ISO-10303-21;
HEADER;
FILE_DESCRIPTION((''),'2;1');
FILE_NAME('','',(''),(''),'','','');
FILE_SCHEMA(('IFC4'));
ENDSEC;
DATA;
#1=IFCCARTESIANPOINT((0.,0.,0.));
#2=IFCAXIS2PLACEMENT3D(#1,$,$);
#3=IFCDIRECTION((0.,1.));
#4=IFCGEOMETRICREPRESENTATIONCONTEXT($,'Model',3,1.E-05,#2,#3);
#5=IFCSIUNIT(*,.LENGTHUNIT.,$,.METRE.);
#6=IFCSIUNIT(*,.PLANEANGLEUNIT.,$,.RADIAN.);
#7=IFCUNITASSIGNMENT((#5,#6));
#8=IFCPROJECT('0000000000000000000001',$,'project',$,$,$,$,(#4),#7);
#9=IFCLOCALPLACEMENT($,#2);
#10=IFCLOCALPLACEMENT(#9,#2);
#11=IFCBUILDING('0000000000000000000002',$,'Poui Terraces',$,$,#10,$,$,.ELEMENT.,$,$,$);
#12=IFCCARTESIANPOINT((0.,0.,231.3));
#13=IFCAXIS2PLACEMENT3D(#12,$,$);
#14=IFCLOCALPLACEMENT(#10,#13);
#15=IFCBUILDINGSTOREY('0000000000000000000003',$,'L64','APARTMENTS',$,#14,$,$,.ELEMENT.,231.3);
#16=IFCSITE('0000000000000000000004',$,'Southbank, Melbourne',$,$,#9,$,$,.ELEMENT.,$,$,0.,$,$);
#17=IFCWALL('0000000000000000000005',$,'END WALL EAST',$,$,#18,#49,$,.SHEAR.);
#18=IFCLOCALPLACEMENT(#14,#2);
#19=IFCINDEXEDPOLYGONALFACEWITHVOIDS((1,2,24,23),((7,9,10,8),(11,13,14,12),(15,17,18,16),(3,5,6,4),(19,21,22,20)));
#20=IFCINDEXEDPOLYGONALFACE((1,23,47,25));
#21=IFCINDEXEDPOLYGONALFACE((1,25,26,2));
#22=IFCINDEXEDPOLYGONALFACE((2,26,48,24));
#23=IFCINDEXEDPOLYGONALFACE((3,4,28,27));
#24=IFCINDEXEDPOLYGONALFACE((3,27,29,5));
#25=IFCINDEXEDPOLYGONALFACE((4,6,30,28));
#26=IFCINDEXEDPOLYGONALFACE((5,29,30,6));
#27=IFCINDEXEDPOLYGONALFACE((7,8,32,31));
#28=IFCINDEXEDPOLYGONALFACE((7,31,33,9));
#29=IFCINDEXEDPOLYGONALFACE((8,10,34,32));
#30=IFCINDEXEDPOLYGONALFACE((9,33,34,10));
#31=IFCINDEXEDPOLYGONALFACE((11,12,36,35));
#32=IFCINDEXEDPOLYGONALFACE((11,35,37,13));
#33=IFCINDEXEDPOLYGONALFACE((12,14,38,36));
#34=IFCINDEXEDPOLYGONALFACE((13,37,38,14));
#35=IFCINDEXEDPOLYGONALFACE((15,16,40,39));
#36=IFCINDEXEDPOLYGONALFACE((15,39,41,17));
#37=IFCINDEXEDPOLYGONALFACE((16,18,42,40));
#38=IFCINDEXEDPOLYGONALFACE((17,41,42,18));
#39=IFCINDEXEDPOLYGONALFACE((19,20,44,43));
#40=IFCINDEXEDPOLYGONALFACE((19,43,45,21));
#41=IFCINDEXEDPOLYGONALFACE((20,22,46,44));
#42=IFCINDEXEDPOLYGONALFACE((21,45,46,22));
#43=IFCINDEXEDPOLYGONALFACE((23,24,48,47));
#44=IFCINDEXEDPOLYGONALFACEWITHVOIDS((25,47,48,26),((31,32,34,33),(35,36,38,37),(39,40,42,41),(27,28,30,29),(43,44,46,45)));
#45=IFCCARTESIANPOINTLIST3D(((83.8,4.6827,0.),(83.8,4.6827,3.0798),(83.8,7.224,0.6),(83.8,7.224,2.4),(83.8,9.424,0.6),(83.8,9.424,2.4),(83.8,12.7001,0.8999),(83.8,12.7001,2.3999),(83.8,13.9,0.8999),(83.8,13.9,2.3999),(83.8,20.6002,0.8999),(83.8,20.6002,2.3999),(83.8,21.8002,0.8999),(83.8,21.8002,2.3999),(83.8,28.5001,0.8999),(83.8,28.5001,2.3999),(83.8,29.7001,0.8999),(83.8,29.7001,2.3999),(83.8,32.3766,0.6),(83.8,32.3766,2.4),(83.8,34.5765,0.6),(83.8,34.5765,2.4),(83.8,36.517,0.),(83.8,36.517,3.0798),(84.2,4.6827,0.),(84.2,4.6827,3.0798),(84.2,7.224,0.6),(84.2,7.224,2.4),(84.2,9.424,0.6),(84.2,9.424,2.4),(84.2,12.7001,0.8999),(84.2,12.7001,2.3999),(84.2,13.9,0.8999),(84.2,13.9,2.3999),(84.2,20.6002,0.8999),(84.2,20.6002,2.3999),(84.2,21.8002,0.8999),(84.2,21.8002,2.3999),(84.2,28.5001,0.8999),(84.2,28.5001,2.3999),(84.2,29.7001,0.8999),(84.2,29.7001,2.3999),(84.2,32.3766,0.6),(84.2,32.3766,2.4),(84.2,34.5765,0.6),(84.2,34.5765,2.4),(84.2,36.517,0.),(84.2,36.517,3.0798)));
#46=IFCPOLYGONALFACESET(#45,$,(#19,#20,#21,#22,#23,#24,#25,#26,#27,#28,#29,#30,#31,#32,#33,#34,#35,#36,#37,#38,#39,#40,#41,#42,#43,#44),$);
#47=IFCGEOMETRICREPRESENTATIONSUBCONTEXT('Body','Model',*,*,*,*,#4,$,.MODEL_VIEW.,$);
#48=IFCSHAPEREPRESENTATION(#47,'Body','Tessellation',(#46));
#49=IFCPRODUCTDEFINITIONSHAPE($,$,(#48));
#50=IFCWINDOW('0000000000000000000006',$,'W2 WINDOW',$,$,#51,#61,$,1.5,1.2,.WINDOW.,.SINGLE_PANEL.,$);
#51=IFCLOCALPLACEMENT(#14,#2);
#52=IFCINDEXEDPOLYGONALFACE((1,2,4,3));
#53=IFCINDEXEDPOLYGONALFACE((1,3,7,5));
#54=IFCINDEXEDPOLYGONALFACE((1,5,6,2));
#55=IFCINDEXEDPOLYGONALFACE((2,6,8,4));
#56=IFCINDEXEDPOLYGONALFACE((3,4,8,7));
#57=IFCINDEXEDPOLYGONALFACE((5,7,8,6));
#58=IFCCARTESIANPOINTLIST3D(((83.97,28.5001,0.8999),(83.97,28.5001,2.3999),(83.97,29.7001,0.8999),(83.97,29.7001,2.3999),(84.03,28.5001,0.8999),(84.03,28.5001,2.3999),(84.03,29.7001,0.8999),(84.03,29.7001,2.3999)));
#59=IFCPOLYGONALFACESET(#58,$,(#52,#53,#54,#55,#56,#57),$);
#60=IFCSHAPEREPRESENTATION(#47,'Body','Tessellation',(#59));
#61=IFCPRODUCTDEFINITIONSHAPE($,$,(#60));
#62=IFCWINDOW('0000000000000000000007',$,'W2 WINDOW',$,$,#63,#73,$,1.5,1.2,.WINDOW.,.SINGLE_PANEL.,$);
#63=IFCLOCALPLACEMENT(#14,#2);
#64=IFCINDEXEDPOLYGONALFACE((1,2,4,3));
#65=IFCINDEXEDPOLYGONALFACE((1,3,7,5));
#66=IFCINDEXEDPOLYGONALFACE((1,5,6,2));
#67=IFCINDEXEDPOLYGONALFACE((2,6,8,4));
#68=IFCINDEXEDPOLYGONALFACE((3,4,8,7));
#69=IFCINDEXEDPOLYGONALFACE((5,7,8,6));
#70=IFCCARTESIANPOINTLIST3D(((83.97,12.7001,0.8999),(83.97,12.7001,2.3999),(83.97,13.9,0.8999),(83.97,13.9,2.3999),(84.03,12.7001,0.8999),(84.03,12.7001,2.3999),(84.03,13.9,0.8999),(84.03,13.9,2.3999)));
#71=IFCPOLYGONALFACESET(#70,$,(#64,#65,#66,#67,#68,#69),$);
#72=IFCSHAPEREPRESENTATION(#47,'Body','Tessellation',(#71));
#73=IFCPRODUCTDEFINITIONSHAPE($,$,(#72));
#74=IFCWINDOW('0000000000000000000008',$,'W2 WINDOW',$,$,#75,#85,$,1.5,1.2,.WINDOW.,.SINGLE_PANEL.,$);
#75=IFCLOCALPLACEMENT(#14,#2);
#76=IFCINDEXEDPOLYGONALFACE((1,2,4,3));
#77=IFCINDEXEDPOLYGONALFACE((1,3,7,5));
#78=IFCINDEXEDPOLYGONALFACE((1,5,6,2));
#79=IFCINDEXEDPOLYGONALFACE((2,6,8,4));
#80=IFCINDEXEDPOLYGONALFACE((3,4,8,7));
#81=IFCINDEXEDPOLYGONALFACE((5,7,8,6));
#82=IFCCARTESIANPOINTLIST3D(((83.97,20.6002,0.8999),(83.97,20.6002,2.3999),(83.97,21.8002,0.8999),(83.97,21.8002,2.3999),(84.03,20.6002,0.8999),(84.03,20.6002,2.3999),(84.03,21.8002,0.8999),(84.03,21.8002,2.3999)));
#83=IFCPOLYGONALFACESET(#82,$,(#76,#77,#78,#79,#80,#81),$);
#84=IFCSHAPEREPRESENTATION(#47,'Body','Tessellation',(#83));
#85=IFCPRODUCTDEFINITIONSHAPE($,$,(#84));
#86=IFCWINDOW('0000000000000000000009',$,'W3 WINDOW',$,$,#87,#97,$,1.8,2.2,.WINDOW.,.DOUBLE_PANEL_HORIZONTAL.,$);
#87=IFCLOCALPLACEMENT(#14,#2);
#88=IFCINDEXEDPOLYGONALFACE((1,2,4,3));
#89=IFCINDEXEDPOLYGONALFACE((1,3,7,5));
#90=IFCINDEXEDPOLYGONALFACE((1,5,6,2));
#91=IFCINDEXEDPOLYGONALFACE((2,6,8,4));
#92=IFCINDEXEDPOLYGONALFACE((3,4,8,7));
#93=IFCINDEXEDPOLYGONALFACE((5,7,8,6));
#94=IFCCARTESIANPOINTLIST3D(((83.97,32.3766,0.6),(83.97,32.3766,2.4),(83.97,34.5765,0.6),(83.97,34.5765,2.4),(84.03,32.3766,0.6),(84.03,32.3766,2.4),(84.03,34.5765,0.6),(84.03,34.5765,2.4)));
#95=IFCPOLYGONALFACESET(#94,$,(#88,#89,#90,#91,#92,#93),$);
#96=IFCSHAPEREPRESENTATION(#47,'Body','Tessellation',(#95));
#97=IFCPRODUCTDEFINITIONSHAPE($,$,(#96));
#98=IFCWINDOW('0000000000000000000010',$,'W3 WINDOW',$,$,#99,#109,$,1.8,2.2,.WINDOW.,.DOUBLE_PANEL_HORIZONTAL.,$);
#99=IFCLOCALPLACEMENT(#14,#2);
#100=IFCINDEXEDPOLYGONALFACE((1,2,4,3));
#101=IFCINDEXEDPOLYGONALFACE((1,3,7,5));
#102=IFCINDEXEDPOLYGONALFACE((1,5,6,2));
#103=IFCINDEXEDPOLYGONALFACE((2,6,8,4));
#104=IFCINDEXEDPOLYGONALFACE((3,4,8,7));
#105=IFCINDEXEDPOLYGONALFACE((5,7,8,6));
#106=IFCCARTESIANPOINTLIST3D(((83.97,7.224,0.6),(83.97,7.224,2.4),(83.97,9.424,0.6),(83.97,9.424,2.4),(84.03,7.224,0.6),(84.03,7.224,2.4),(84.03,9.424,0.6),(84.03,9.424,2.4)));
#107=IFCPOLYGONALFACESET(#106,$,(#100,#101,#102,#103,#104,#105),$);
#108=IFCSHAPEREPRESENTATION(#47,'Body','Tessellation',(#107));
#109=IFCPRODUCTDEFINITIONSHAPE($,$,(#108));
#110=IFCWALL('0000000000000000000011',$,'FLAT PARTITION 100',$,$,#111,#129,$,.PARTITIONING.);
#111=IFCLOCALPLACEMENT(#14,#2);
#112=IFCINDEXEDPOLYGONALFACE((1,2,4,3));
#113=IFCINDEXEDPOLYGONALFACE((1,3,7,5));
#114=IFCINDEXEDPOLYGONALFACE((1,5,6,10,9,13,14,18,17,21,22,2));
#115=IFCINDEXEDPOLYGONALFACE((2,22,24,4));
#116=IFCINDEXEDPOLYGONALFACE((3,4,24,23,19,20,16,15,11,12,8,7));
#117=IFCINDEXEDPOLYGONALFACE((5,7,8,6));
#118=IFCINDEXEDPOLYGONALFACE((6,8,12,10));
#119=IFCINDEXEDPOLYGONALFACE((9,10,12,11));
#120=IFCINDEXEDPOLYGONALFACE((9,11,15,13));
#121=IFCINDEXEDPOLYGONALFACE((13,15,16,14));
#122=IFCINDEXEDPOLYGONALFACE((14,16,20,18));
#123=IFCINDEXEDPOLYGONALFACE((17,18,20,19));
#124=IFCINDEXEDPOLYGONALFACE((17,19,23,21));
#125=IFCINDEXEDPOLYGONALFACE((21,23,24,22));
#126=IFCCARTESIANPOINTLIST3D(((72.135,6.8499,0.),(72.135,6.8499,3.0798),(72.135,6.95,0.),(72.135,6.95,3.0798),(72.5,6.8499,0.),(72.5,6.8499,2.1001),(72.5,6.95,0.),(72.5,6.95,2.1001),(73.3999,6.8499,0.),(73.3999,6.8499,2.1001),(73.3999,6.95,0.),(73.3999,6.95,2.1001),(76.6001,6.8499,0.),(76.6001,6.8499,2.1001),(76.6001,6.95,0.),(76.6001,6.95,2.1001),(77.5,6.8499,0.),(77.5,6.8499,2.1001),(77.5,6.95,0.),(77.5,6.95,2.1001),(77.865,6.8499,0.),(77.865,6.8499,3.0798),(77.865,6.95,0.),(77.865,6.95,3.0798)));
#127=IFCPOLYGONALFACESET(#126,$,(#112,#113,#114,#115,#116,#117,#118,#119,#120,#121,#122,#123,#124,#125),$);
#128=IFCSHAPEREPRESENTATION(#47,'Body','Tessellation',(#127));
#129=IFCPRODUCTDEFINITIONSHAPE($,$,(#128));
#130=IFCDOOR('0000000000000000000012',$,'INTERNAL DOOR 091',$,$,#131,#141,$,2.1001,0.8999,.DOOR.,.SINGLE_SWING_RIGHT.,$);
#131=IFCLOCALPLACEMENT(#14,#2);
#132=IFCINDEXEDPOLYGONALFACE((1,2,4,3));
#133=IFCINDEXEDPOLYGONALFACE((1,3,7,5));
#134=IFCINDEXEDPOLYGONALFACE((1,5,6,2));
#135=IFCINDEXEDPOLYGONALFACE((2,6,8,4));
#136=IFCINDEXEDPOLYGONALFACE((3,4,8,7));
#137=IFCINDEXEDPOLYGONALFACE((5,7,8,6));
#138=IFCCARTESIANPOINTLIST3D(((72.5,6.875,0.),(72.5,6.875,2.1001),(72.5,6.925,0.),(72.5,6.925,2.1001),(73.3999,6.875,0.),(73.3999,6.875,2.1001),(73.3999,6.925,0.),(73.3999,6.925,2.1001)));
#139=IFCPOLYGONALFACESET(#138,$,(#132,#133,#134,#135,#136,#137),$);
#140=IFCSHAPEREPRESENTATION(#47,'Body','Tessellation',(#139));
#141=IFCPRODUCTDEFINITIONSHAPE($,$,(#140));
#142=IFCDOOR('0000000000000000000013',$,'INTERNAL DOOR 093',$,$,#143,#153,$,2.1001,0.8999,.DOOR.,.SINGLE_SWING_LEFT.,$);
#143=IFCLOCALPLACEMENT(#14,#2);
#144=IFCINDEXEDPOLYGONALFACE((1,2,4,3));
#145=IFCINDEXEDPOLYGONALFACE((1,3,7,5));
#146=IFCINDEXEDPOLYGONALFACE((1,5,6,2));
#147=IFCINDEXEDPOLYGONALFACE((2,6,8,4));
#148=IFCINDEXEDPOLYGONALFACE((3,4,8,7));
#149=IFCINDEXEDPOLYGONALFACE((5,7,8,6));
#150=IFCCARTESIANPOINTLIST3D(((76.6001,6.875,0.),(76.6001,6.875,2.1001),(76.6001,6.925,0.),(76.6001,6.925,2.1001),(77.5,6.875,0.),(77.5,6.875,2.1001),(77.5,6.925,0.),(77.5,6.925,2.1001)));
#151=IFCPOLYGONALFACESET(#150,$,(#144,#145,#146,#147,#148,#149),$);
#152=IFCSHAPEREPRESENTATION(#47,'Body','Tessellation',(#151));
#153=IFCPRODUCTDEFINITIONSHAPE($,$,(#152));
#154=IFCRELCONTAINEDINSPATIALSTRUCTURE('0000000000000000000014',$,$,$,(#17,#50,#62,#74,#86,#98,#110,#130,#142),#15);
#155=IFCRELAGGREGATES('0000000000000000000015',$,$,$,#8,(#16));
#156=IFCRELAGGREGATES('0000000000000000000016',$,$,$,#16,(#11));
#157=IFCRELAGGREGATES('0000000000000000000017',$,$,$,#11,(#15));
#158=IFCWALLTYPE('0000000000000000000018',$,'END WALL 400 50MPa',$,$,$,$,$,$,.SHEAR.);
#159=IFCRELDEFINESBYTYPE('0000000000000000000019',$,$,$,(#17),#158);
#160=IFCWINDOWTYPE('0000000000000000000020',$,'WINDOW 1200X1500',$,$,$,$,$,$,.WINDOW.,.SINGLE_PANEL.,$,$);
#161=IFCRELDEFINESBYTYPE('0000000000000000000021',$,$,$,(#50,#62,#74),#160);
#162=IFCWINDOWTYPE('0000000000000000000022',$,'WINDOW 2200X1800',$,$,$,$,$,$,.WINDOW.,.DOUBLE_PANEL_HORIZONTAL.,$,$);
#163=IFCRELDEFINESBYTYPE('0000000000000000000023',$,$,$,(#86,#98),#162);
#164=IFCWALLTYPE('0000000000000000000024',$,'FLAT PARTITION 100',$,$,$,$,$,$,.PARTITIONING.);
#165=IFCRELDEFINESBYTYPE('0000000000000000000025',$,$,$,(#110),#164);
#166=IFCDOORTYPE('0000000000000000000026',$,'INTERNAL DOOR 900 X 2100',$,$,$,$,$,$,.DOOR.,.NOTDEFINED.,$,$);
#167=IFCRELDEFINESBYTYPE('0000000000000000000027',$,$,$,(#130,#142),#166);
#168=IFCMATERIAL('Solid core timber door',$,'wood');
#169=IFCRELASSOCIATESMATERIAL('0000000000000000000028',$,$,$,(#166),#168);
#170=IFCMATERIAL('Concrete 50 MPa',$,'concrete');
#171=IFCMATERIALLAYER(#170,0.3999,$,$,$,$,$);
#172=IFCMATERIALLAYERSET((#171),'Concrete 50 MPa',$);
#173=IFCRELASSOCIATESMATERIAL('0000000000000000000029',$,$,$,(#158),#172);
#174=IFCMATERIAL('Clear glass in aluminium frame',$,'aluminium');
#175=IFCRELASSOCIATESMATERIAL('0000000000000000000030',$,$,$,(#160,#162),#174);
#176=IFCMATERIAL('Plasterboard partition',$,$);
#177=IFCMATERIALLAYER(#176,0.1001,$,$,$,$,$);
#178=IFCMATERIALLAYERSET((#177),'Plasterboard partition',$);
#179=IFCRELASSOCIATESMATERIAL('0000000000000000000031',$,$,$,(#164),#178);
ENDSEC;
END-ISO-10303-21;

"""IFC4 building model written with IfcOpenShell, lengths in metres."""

from ifc_helpers import new_model, si_unit, direction, frame, frame_2d, origin, place, context, subcontext, project, spatial, rectangle, extrude, material, layer, layer_set, type_object, element, fill, save


model = new_model("IFC4")

# Units and contexts
model_context = context("Model", 3, precision=1e-05, world=origin(), true_north=direction((0.0, 1.0)))
body_context = subcontext(model_context, "Body", "Model", "MODEL_VIEW")
ifc_project = project(units=[si_unit("LENGTHUNIT", "METRE"), si_unit("PLANEANGLEUNIT", "RADIAN")], contexts=[model_context])

# Site, building, storey
site_placement = place(None, origin())
site = spatial("IfcSite", under=ifc_project, at=site_placement, Name="Southbank, Melbourne", CompositionType="ELEMENT", RefElevation=0.0)
building_placement = place(site_placement, origin())
building = spatial("IfcBuilding", under=site, at=building_placement, Name="Poui Terraces", CompositionType="ELEMENT")
storey_placement = place(building_placement, frame((0.0, 0.0, 231.3)))
storey = spatial("IfcBuildingStorey", under=building, at=storey_placement, Name="L64", Description="APARTMENTS", CompositionType="ELEMENT", Elevation=231.3)

# Shared definitions
ifc_material_1 = material(Name="Concrete 50 MPa", Category="concrete")

# Shared definitions
ifc_material_2 = material(Name="Solid core timber door", Category="wood")
door_type_1 = type_object("IfcDoorType", Name="INTERNAL DOOR 900 X 2100", OperationType="NOTDEFINED", PredefinedType="DOOR", material=ifc_material_2)

# Wall, openings, windows
ifc_layer_1 = layer(ifc_material_1, 0.3999)
ifc_layer_set_1 = layer_set([ifc_layer_1], Name="Concrete 50 MPa")
wall_type_1 = type_object("IfcWallType", Name="END WALL 400 50MPa", PredefinedType="SHEAR", material=ifc_layer_set_1)
wall_1_placement = place(storey_placement, frame((84.0, 4.6829, 0.0), z_axis=(0.0, 0.0, 1.0), x_axis=(0.0, 1.0, 0.0)))
wall_1 = element("IfcWall", 1, at=wall_1_placement, inside=storey, type_object=wall_type_1, Name="END WALL EAST", PredefinedType="SHEAR", context=body_context, shape_type="SweptSolid", body=[
    extrude(rectangle(XDim=31.8342, YDim=0.3999, at=frame_2d((15.917, 0.0))), origin(), (0.0, 0.0, 1.0), 3.0798),
])
opening_1_placement = place(wall_1_placement, frame((23.8171, 0.0, 0.8999)))
opening_1 = element("IfcOpeningElement", 2, at=opening_1_placement, cuts=wall_1, PredefinedType="OPENING", context=body_context, shape_type="SweptSolid", body=[
    extrude(rectangle(XDim=1.2, YDim=1.5, at=frame_2d((0.6001, 0.75))), frame((0.0, 0.21, 0.0), z_axis=(0.0, -1.0, 0.0), x_axis=(1.0, 0.0, 0.0)), (0.0, 0.0, 1.0), 0.4199),
])
opening_2_placement = place(wall_1_placement, frame((8.0171, 0.0, 0.8999)))
opening_2 = element("IfcOpeningElement", 3, at=opening_2_placement, cuts=wall_1, PredefinedType="OPENING", context=body_context, shape_type="SweptSolid", body=[
    extrude(rectangle(XDim=1.2, YDim=1.5, at=frame_2d((0.6001, 0.75))), frame((0.0, 0.21, 0.0), z_axis=(0.0, -1.0, 0.0), x_axis=(1.0, 0.0, 0.0)), (0.0, 0.0, 1.0), 0.4199),
])
opening_3_placement = place(wall_1_placement, frame((27.6936, 0.0, 0.6001)))
opening_3 = element("IfcOpeningElement", 4, at=opening_3_placement, cuts=wall_1, PredefinedType="OPENING", context=body_context, shape_type="SweptSolid", body=[
    extrude(rectangle(XDim=2.2, YDim=1.8, at=frame_2d((1.1001, 0.8999))), frame((0.0, 0.21, 0.0), z_axis=(0.0, -1.0, 0.0), x_axis=(1.0, 0.0, 0.0)), (0.0, 0.0, 1.0), 0.4199),
])
opening_4_placement = place(wall_1_placement, frame((2.541, 0.0, 0.6001)))
opening_4 = element("IfcOpeningElement", 5, at=opening_4_placement, cuts=wall_1, PredefinedType="OPENING", context=body_context, shape_type="SweptSolid", body=[
    extrude(rectangle(XDim=2.2, YDim=1.8, at=frame_2d((1.1001, 0.8999))), frame((0.0, 0.21, 0.0), z_axis=(0.0, -1.0, 0.0), x_axis=(1.0, 0.0, 0.0)), (0.0, 0.0, 1.0), 0.4199),
])
opening_5_placement = place(wall_1_placement, frame((15.9172, 0.0, 0.8999)))
opening_5 = element("IfcOpeningElement", 6, at=opening_5_placement, cuts=wall_1, PredefinedType="OPENING", context=body_context, shape_type="SweptSolid", body=[
    extrude(rectangle(XDim=1.2, YDim=1.5, at=frame_2d((0.6001, 0.75))), frame((0.0, 0.21, 0.0), z_axis=(0.0, -1.0, 0.0), x_axis=(1.0, 0.0, 0.0)), (0.0, 0.0, 1.0), 0.4199),
])
ifc_material_3 = material(Name="Clear glass in aluminium frame", Category="aluminium")
window_type_1 = type_object("IfcWindowType", Name="WINDOW 1200X1500", PartitioningType="SINGLE_PANEL", PredefinedType="WINDOW", material=ifc_material_3)
window_1_placement = place(opening_1_placement, origin())
window_1 = element("IfcWindow", 7, at=window_1_placement, inside=storey, type_object=window_type_1, Name="W2 WINDOW", OverallHeight=1.5, OverallWidth=1.2, PartitioningType="SINGLE_PANEL", PredefinedType="WINDOW", context=body_context, shape_type="SweptSolid", body=[
    extrude(rectangle(XDim=1.2, YDim=1.5, at=frame_2d((0.6001, 0.75))), frame((0.0, 0.03, 0.0), z_axis=(0.0, -1.0, 0.0), x_axis=(1.0, 0.0, 0.0)), (0.0, 0.0, 1.0), 0.0601),
])
fill(opening_1, window_1)
window_2_placement = place(opening_2_placement, origin())
window_2 = element("IfcWindow", 8, at=window_2_placement, inside=storey, type_object=window_type_1, Name="W2 WINDOW", OverallHeight=1.5, OverallWidth=1.2, PartitioningType="SINGLE_PANEL", PredefinedType="WINDOW", context=body_context, shape_type="SweptSolid", body=[
    extrude(rectangle(XDim=1.2, YDim=1.5, at=frame_2d((0.6001, 0.75))), frame((0.0, 0.03, 0.0), z_axis=(0.0, -1.0, 0.0), x_axis=(1.0, 0.0, 0.0)), (0.0, 0.0, 1.0), 0.0601),
])
fill(opening_2, window_2)
window_3_placement = place(opening_5_placement, origin())
window_3 = element("IfcWindow", 9, at=window_3_placement, inside=storey, type_object=window_type_1, Name="W2 WINDOW", OverallHeight=1.5, OverallWidth=1.2, PartitioningType="SINGLE_PANEL", PredefinedType="WINDOW", context=body_context, shape_type="SweptSolid", body=[
    extrude(rectangle(XDim=1.2, YDim=1.5, at=frame_2d((0.6001, 0.75))), frame((0.0, 0.03, 0.0), z_axis=(0.0, -1.0, 0.0), x_axis=(1.0, 0.0, 0.0)), (0.0, 0.0, 1.0), 0.0601),
])
fill(opening_5, window_3)
window_type_2 = type_object("IfcWindowType", Name="WINDOW 2200X1800", PartitioningType="DOUBLE_PANEL_HORIZONTAL", PredefinedType="WINDOW", material=ifc_material_3)
window_4_placement = place(opening_3_placement, origin())
window_4 = element("IfcWindow", 10, at=window_4_placement, inside=storey, type_object=window_type_2, Name="W3 WINDOW", OverallHeight=1.8, OverallWidth=2.2, PartitioningType="DOUBLE_PANEL_HORIZONTAL", PredefinedType="WINDOW", context=body_context, shape_type="SweptSolid", body=[
    extrude(rectangle(XDim=2.2, YDim=1.8, at=frame_2d((1.1001, 0.8999))), frame((0.0, 0.03, 0.0), z_axis=(0.0, -1.0, 0.0), x_axis=(1.0, 0.0, 0.0)), (0.0, 0.0, 1.0), 0.0601),
])
fill(opening_3, window_4)
window_5_placement = place(opening_4_placement, origin())
window_5 = element("IfcWindow", 11, at=window_5_placement, inside=storey, type_object=window_type_2, Name="W3 WINDOW", OverallHeight=1.8, OverallWidth=2.2, PartitioningType="DOUBLE_PANEL_HORIZONTAL", PredefinedType="WINDOW", context=body_context, shape_type="SweptSolid", body=[
    extrude(rectangle(XDim=2.2, YDim=1.8, at=frame_2d((1.1001, 0.8999))), frame((0.0, 0.03, 0.0), z_axis=(0.0, -1.0, 0.0), x_axis=(1.0, 0.0, 0.0)), (0.0, 0.0, 1.0), 0.0601),
])
fill(opening_4, window_5)

# Wall, openings, doors
ifc_material_4 = material(Name="Plasterboard partition")
ifc_layer_2 = layer(ifc_material_4, 0.1001)
ifc_layer_set_2 = layer_set([ifc_layer_2], Name="Plasterboard partition")
wall_type_2 = type_object("IfcWallType", Name="FLAT PARTITION 100", PredefinedType="PARTITIONING", material=ifc_layer_set_2)
wall_2_placement = place(storey_placement, frame((72.135, 6.8999, 0.0), z_axis=(0.0, 0.0, 1.0), x_axis=(1.0, 0.0, 0.0)))
wall_2 = element("IfcWall", 12, at=wall_2_placement, inside=storey, type_object=wall_type_2, Name="FLAT PARTITION 100", PredefinedType="PARTITIONING", context=body_context, shape_type="SweptSolid", body=[
    extrude(rectangle(XDim=5.73, YDim=0.1001, at=frame_2d((2.865, 0.0))), origin(), (0.0, 0.0, 1.0), 3.0798),
])
opening_6_placement = place(wall_2_placement, frame((0.365, 0.0, 0.0)))
opening_6 = element("IfcOpeningElement", 13, at=opening_6_placement, cuts=wall_2, PredefinedType="OPENING", context=body_context, shape_type="SweptSolid", body=[
    extrude(rectangle(XDim=0.8999, YDim=2.1001, at=frame_2d((0.45, 1.05))), frame((0.0, 0.0601, 0.0), z_axis=(0.0, -1.0, 0.0), x_axis=(1.0, 0.0, 0.0)), (0.0, 0.0, 1.0), 0.1201),
])
opening_7_placement = place(wall_2_placement, frame((4.4651, 0.0, 0.0)))
opening_7 = element("IfcOpeningElement", 14, at=opening_7_placement, cuts=wall_2, PredefinedType="OPENING", context=body_context, shape_type="SweptSolid", body=[
    extrude(rectangle(XDim=0.8999, YDim=2.1001, at=frame_2d((0.45, 1.05))), frame((0.0, 0.0601, 0.0), z_axis=(0.0, -1.0, 0.0), x_axis=(1.0, 0.0, 0.0)), (0.0, 0.0, 1.0), 0.1201),
])
door_1_placement = place(opening_6_placement, frame((0.8999, 0.0, 0.0), z_axis=(0.0, 0.0, 1.0), x_axis=(-1.0, 0.0, 0.0)))
door_1 = element("IfcDoor", 15, at=door_1_placement, inside=storey, type_object=door_type_1, Name="INTERNAL DOOR 091", OperationType="SINGLE_SWING_RIGHT", OverallHeight=2.1001, OverallWidth=0.8999, PredefinedType="DOOR", context=body_context, shape_type="SweptSolid", body=[
    extrude(rectangle(XDim=0.8999, YDim=2.1001, at=frame_2d((0.45, 1.05))), frame((0.0, 0.0249, 0.0), z_axis=(0.0, -1.0, 0.0), x_axis=(1.0, 0.0, 0.0)), (0.0, 0.0, 1.0), 0.05),
])
fill(opening_6, door_1)
door_2_placement = place(opening_7_placement, frame((0.8999, 0.0, 0.0), z_axis=(0.0, 0.0, 1.0), x_axis=(-1.0, 0.0, 0.0)))
door_2 = element("IfcDoor", 16, at=door_2_placement, inside=storey, type_object=door_type_1, Name="INTERNAL DOOR 093", OperationType="SINGLE_SWING_LEFT", OverallHeight=2.1001, OverallWidth=0.8999, PredefinedType="DOOR", context=body_context, shape_type="SweptSolid", body=[
    extrude(rectangle(XDim=0.8999, YDim=2.1001, at=frame_2d((0.45, 1.05))), frame((0.0, 0.0249, 0.0), z_axis=(0.0, -1.0, 0.0), x_axis=(1.0, 0.0, 0.0)), (0.0, 0.0, 1.0), 0.05),
])
fill(opening_7, door_2)

save(model, "model.ifc")
